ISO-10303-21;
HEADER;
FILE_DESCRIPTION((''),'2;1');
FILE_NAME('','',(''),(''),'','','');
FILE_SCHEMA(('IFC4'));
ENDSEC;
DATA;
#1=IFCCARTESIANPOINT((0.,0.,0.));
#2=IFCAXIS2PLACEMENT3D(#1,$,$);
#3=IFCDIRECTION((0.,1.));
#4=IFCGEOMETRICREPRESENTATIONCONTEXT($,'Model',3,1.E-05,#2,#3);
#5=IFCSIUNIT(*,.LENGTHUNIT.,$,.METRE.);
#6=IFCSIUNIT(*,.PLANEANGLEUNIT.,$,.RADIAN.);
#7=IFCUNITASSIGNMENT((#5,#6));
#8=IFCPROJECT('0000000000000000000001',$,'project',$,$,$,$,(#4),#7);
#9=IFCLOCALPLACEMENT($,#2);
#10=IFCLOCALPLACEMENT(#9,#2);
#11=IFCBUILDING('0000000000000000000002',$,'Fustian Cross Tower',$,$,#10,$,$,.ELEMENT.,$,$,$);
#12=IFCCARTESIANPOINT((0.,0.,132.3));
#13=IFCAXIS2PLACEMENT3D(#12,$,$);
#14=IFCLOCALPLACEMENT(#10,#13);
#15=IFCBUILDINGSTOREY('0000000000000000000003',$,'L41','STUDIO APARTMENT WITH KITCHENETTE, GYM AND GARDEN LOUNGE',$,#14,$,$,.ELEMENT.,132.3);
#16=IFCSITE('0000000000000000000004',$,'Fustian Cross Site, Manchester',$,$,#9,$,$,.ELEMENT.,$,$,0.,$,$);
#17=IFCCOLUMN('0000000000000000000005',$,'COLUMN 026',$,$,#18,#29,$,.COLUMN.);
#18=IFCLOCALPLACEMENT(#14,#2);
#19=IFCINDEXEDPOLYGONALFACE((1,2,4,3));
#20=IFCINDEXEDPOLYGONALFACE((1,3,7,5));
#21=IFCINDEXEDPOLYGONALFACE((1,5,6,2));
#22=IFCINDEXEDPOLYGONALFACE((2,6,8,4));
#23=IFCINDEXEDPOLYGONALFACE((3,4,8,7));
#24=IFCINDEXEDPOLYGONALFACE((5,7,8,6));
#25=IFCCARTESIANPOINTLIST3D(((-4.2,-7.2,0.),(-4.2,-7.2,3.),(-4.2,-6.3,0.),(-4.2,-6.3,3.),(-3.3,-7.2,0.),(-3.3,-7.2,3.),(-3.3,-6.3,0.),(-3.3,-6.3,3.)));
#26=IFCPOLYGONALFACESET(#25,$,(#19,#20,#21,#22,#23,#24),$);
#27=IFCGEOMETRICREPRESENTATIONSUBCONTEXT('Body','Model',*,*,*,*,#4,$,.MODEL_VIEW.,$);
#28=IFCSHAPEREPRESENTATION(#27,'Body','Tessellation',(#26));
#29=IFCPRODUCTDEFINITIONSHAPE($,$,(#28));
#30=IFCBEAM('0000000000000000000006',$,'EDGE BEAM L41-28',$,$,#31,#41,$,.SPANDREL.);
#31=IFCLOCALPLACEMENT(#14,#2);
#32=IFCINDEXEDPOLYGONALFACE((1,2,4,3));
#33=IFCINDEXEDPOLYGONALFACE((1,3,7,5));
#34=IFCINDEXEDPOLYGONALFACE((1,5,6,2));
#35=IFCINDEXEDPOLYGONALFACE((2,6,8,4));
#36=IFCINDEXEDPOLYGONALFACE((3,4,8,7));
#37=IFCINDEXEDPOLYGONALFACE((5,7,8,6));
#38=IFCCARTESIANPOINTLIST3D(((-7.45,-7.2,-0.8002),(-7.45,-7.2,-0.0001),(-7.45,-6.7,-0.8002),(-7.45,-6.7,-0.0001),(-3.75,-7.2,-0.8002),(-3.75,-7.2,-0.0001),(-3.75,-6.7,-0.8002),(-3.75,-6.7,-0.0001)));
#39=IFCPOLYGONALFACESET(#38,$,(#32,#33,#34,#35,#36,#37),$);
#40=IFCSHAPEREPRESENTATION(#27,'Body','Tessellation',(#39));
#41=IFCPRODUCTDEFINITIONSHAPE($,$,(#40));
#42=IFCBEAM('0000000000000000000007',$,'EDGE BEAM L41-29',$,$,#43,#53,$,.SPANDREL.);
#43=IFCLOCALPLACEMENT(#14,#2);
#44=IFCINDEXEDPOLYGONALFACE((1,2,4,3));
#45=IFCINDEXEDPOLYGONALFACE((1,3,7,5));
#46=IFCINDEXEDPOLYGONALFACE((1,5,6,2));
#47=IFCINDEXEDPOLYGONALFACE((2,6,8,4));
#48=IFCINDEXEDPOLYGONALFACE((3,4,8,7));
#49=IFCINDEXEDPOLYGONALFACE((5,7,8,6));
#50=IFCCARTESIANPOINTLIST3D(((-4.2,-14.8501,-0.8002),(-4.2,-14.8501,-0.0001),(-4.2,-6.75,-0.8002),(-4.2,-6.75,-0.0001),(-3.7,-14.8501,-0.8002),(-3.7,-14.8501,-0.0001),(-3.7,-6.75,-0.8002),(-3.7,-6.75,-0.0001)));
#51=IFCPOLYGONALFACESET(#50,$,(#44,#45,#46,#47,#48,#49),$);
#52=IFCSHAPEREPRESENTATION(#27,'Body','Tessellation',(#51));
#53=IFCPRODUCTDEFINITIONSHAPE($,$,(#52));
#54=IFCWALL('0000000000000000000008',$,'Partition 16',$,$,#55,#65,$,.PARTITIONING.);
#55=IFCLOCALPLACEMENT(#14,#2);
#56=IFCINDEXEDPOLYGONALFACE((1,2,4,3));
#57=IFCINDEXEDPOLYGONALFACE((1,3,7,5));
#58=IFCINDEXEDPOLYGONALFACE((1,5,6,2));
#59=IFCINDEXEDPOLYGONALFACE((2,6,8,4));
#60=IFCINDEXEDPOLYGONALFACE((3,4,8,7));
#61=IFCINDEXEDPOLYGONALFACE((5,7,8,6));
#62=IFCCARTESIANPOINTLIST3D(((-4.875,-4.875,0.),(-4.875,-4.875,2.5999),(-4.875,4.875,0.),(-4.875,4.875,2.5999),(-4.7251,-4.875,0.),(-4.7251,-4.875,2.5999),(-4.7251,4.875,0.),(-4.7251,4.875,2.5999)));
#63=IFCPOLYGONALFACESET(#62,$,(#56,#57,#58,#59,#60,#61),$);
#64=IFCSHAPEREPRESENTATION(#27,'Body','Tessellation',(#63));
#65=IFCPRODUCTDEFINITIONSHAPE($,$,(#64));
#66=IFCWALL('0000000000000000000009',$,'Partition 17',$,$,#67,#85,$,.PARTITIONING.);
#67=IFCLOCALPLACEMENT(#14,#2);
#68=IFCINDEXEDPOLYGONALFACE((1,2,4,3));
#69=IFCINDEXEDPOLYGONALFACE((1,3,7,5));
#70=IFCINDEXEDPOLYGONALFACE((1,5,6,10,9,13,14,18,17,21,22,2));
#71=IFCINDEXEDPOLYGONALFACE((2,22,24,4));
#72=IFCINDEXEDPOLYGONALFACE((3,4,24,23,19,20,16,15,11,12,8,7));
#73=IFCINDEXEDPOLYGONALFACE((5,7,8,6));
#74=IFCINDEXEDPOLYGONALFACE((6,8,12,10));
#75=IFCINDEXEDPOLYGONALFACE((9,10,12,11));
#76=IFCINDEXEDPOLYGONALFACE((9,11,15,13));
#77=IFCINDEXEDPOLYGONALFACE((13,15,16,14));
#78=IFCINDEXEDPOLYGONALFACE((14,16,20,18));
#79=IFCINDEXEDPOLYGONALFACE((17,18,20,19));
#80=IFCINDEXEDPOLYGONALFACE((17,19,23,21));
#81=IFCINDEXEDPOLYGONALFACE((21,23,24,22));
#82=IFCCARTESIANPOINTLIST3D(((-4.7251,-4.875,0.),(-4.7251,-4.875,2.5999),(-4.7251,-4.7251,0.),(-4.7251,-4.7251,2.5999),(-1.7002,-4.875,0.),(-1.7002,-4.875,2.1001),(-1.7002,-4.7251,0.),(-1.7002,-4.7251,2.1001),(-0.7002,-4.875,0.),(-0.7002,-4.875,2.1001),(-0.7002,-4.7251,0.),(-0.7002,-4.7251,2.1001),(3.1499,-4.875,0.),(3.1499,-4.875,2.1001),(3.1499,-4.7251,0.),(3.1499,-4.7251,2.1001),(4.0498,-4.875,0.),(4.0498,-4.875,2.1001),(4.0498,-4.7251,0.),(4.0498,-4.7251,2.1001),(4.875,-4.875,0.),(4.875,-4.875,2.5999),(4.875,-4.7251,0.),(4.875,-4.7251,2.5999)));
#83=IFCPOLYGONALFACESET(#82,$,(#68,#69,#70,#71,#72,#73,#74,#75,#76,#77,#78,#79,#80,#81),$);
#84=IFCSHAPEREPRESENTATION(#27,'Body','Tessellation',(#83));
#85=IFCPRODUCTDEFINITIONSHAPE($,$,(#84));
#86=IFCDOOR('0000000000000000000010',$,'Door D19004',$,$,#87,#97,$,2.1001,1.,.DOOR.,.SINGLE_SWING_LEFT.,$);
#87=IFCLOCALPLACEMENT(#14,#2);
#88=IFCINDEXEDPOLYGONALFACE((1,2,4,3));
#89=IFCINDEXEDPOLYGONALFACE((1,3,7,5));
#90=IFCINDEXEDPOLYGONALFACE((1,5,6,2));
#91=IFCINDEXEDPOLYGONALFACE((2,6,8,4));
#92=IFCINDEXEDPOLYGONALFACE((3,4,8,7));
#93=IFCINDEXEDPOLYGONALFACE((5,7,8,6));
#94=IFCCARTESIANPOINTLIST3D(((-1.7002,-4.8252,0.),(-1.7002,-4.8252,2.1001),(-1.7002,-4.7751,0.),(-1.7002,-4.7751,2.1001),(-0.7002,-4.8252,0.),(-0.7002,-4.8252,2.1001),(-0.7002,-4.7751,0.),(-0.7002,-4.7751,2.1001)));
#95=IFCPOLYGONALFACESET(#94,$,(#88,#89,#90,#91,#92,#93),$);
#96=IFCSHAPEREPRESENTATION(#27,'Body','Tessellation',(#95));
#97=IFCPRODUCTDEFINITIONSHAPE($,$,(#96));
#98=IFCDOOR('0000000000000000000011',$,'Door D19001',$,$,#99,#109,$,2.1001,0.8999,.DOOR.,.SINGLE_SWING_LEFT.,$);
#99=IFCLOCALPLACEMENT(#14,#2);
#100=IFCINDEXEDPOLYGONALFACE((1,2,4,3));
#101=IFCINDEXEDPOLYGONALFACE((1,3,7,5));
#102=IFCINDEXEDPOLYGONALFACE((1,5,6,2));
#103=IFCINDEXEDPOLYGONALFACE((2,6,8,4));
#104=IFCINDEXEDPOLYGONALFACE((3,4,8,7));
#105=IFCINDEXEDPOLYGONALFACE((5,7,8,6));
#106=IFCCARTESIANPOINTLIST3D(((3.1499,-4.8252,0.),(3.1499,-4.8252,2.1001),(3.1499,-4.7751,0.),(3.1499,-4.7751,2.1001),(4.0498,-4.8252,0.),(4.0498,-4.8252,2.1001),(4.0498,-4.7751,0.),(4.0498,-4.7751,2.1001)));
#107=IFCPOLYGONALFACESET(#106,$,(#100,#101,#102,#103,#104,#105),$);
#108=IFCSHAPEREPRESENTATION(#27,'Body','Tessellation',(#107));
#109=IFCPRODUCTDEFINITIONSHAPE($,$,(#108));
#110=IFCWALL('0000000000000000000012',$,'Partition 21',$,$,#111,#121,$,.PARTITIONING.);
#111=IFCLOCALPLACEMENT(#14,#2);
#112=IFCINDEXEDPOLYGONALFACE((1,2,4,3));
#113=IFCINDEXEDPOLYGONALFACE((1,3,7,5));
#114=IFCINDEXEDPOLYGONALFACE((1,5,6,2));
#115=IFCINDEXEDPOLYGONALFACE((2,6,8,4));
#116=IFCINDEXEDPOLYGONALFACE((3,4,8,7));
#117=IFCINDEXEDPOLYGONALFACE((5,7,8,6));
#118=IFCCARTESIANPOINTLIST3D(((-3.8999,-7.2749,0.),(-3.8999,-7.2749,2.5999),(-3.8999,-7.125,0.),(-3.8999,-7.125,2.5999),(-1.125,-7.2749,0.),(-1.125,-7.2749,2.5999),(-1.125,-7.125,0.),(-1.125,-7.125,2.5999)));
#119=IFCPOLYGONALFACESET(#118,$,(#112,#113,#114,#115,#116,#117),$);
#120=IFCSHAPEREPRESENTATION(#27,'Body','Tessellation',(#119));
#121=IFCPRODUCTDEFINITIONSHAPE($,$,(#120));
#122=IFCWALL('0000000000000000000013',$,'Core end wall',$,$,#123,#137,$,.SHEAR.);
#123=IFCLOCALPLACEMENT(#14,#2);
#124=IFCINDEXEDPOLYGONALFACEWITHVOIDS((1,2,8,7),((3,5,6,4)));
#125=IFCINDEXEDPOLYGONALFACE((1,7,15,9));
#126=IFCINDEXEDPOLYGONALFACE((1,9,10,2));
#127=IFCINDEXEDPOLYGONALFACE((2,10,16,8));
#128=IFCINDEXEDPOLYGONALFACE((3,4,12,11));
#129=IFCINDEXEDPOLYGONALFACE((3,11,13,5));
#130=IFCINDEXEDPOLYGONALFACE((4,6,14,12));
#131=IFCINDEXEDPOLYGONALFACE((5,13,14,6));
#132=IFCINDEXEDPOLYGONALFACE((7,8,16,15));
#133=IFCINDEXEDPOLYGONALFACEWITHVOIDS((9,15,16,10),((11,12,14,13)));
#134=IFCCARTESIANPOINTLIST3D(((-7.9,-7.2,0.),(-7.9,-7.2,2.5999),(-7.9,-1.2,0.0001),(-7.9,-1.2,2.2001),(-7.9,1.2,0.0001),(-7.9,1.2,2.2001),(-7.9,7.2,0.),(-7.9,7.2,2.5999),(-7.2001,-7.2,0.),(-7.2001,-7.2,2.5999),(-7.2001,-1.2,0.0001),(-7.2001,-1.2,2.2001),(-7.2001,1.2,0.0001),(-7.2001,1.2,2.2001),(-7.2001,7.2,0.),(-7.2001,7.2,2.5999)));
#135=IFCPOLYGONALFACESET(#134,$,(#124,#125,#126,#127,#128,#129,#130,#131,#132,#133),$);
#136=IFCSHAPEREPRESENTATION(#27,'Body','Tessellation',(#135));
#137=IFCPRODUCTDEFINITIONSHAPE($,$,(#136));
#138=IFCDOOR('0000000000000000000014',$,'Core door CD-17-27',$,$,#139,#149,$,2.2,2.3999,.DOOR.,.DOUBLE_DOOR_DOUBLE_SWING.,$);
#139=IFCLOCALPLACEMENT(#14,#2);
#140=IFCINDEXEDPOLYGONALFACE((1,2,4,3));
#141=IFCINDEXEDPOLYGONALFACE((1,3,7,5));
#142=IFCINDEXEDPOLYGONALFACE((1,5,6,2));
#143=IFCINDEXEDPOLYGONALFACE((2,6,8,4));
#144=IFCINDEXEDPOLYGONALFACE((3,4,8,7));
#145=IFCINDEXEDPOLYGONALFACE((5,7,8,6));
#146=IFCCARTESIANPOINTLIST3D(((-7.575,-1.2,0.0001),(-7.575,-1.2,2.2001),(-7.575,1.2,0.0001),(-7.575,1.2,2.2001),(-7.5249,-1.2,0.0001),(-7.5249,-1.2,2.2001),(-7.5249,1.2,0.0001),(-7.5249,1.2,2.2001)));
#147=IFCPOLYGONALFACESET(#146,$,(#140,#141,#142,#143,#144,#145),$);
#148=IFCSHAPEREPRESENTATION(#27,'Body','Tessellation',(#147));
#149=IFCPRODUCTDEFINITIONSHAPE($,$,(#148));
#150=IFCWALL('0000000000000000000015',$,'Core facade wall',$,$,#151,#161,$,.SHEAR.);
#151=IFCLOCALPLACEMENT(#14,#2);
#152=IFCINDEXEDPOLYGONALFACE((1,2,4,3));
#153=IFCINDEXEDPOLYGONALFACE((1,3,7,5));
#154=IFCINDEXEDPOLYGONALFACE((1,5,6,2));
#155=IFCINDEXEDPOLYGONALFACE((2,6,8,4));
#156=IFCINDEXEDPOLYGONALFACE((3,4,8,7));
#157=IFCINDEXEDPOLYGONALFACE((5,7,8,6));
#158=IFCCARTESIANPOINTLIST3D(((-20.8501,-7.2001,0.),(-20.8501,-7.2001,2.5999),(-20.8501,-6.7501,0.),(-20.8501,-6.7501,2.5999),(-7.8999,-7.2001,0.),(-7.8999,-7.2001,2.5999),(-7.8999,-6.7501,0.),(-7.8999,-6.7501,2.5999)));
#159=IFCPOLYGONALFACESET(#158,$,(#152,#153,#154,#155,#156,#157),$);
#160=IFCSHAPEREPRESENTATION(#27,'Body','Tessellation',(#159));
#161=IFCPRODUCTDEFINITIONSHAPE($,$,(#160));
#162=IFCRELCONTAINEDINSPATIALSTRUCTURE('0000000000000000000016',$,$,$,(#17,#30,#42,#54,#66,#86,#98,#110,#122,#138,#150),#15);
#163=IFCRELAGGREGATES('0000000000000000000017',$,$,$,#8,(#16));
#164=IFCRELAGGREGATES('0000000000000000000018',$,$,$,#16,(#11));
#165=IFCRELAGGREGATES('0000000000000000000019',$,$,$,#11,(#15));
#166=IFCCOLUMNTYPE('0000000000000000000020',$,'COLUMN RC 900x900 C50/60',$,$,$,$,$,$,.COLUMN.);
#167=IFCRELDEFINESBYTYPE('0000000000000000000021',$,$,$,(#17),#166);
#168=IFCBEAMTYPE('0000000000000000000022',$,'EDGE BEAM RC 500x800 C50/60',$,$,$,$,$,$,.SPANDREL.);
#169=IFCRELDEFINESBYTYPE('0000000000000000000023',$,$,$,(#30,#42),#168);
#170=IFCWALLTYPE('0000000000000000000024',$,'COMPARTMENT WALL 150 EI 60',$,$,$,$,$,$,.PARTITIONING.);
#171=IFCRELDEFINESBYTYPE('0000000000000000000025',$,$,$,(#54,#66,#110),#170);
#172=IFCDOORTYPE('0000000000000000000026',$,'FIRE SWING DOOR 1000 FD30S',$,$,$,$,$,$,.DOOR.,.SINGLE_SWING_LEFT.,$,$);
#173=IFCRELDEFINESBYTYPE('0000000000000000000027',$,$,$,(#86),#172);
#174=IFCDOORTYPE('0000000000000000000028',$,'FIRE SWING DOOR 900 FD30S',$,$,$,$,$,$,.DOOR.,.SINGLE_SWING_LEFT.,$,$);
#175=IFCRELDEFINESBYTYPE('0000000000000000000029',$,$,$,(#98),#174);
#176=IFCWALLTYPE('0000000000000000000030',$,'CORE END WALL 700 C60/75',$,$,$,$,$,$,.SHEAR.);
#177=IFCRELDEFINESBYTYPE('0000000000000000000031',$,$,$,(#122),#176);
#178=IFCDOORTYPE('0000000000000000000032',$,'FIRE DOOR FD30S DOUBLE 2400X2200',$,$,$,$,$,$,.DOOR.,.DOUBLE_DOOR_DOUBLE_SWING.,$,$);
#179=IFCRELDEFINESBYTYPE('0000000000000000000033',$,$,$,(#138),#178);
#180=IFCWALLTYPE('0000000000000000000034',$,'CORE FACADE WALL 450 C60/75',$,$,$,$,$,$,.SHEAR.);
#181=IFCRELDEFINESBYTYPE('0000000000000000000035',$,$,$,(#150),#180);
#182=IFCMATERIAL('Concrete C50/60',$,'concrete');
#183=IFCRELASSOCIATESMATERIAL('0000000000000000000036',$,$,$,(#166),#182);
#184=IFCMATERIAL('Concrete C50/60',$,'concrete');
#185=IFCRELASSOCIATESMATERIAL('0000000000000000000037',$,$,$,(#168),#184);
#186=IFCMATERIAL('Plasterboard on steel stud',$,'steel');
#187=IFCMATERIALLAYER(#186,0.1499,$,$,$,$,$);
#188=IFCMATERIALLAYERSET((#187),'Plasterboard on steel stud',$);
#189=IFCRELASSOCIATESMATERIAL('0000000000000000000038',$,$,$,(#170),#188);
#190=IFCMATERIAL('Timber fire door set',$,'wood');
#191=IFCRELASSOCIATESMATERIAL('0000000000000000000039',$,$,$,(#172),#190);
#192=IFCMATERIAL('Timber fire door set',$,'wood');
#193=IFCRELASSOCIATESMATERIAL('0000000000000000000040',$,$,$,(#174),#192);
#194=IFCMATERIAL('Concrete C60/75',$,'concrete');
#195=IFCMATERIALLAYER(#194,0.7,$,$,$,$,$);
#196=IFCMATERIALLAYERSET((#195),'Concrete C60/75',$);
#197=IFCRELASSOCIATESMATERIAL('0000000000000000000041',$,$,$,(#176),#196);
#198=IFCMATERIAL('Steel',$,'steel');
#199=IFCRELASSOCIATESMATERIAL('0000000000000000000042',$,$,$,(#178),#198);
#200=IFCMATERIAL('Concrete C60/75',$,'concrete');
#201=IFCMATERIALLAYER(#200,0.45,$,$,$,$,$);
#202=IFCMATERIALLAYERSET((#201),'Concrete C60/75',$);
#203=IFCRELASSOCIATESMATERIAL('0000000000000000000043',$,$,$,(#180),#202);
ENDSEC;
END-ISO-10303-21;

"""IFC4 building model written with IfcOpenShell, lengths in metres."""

from ifc_helpers import new_model, si_unit, direction, frame, frame_2d, origin, origin_2d, place, context, subcontext, project, spatial, rectangle, extrude, material, layer, layer_set, material_profile, profile_set, type_object, element, fill, save


model = new_model("IFC4")

# Units and contexts
model_context = context("Model", 3, precision=1e-05, world=origin(), true_north=direction((0.0, 1.0)))
body_context = subcontext(model_context, "Body", "Model", "MODEL_VIEW")
ifc_project = project(units=[si_unit("LENGTHUNIT", "METRE"), si_unit("PLANEANGLEUNIT", "RADIAN")], contexts=[model_context])

# Site, building, storey
site_placement = place(None, origin())
site = spatial("IfcSite", under=ifc_project, at=site_placement, Name="Fustian Cross Site, Manchester", CompositionType="ELEMENT", RefElevation=0.0)
building_placement = place(site_placement, origin())
building = spatial("IfcBuilding", under=site, at=building_placement, Name="Fustian Cross Tower", CompositionType="ELEMENT")
storey_placement = place(building_placement, frame((0.0, 0.0, 132.3)))
storey = spatial("IfcBuildingStorey", under=building, at=storey_placement, Name="L41", Description="STUDIO APARTMENT WITH KITCHENETTE, GYM AND GARDEN LOUNGE", CompositionType="ELEMENT", Elevation=132.3)

# Column
ifc_material_1 = material(Name="Concrete C50/60", Category="concrete")
ifc_material_profile_1 = material_profile(ifc_material_1, rectangle(XDim=0.8999, YDim=0.8999, at=origin_2d()), Name="RC 900x900")
ifc_profile_set_1 = profile_set([ifc_material_profile_1], Name="Concrete C50/60")
column_type = type_object("IfcColumnType", Name="COLUMN RC 900x900 C50/60", PredefinedType="COLUMN", material=ifc_profile_set_1)
column_placement = place(storey_placement, frame((-3.75, -6.75, 0.0), z_axis=(0.0, 0.0, 1.0), x_axis=(1.0, 0.0, 0.0)))
element("IfcColumn", 1, at=column_placement, inside=storey, type_object=column_type, Name="COLUMN 026", PredefinedType="COLUMN", context=body_context, shape_type="SweptSolid", body=[
    extrude(rectangle(XDim=0.8999, YDim=0.8999, at=origin_2d()), origin(), (0.0, 0.0, 1.0), 3.0),
])

# Beams
ifc_material_2 = material(Name="Concrete C50/60", Category="concrete")
ifc_material_profile_2 = material_profile(ifc_material_2, rectangle(XDim=0.5, YDim=0.8, at=origin_2d()), Name="RC 500x800")
ifc_profile_set_2 = profile_set([ifc_material_profile_2], Name="Concrete C50/60")
beam_type = type_object("IfcBeamType", Name="EDGE BEAM RC 500x800 C50/60", PredefinedType="SPANDREL", material=ifc_profile_set_2)
beam_1_placement = place(storey_placement, frame((-7.45, -6.95, -0.4001), z_axis=(1.0, 0.0, 0.0), x_axis=(0.0, 1.0, 0.0)))
element("IfcBeam", 2, at=beam_1_placement, inside=storey, type_object=beam_type, Name="EDGE BEAM L41-28", PredefinedType="SPANDREL", context=body_context, shape_type="SweptSolid", body=[
    extrude(rectangle(XDim=0.5, YDim=0.8, at=origin_2d()), origin(), (0.0, 0.0, 1.0), 3.7),
])
beam_2_placement = place(storey_placement, frame((-3.95, -6.75, -0.4001), z_axis=(0.0, -1.0, 0.0), x_axis=(1.0, 0.0, 0.0)))
element("IfcBeam", 3, at=beam_2_placement, inside=storey, type_object=beam_type, Name="EDGE BEAM L41-29", PredefinedType="SPANDREL", context=body_context, shape_type="SweptSolid", body=[
    extrude(rectangle(XDim=0.5, YDim=0.8, at=origin_2d()), origin(), (0.0, 0.0, 1.0), 8.1001),
])

# Wall
ifc_material_3 = material(Name="Plasterboard on steel stud", Category="steel")
ifc_layer_1 = layer(ifc_material_3, 0.1499)
ifc_layer_set_1 = layer_set([ifc_layer_1], Name="Plasterboard on steel stud")
wall_type_1 = type_object("IfcWallType", Name="COMPARTMENT WALL 150 EI 60", PredefinedType="PARTITIONING", material=ifc_layer_set_1)
wall_1_placement = place(storey_placement, frame((-4.8, -4.875, 0.0), z_axis=(0.0, 0.0, 1.0), x_axis=(0.0, 1.0, 0.0)))
element("IfcWall", 4, at=wall_1_placement, inside=storey, type_object=wall_type_1, Name="Partition 16", PredefinedType="PARTITIONING", context=body_context, shape_type="SweptSolid", body=[
    extrude(rectangle(XDim=9.75, YDim=0.1499, at=frame_2d((4.875, 0.0))), origin(), (0.0, 0.0, 1.0), 2.5999),
])

# Wall, openings, doors
wall_2_placement = place(storey_placement, frame((-4.7251, -4.8, 0.0), z_axis=(0.0, 0.0, 1.0), x_axis=(1.0, 0.0, 0.0)))
wall_2 = element("IfcWall", 5, at=wall_2_placement, inside=storey, type_object=wall_type_1, Name="Partition 17", PredefinedType="PARTITIONING", context=body_context, shape_type="SweptSolid", body=[
    extrude(rectangle(XDim=9.6001, YDim=0.1499, at=frame_2d((4.8, 0.0))), origin(), (0.0, 0.0, 1.0), 2.5999),
])
opening_1_placement = place(wall_2_placement, frame((7.875, 0.0, 0.0)))
opening_1 = element("IfcOpeningElement", 6, at=opening_1_placement, cuts=wall_2, PredefinedType="OPENING", context=body_context, shape_type="SweptSolid", body=[
    extrude(rectangle(XDim=0.8999, YDim=2.1001, at=frame_2d((0.45, 1.05))), frame((0.0, 0.085, 0.0), z_axis=(0.0, -1.0, 0.0), x_axis=(1.0, 0.0, 0.0)), (0.0, 0.0, 1.0), 0.1699),
])
opening_2_placement = place(wall_2_placement, frame((3.0249, 0.0, 0.0)))
opening_2 = element("IfcOpeningElement", 7, at=opening_2_placement, cuts=wall_2, PredefinedType="OPENING", context=body_context, shape_type="SweptSolid", body=[
    extrude(rectangle(XDim=1.0, YDim=2.1001, at=frame_2d((0.5, 1.05))), frame((0.0, 0.085, 0.0), z_axis=(0.0, -1.0, 0.0), x_axis=(1.0, 0.0, 0.0)), (0.0, 0.0, 1.0), 0.1699),
])
ifc_material_4 = material(Name="Timber fire door set", Category="wood")
door_type_1 = type_object("IfcDoorType", Name="FIRE SWING DOOR 1000 FD30S", OperationType="SINGLE_SWING_LEFT", PredefinedType="DOOR", material=ifc_material_4)
door_1_placement = place(opening_2_placement, origin())
door_1 = element("IfcDoor", 8, at=door_1_placement, inside=storey, type_object=door_type_1, Name="Door D19004", OperationType="SINGLE_SWING_LEFT", OverallHeight=2.1001, OverallWidth=1.0, PredefinedType="DOOR", context=body_context, shape_type="SweptSolid", body=[
    extrude(rectangle(XDim=1.0, YDim=2.1001, at=frame_2d((0.5, 1.05))), frame((0.0, 0.0249, 0.0), z_axis=(0.0, -1.0, 0.0), x_axis=(1.0, 0.0, 0.0)), (0.0, 0.0, 1.0), 0.05),
])
fill(opening_2, door_1)
ifc_material_5 = material(Name="Timber fire door set", Category="wood")
door_type_2 = type_object("IfcDoorType", Name="FIRE SWING DOOR 900 FD30S", OperationType="SINGLE_SWING_LEFT", PredefinedType="DOOR", material=ifc_material_5)
door_2_placement = place(opening_1_placement, origin())
door_2 = element("IfcDoor", 9, at=door_2_placement, inside=storey, type_object=door_type_2, Name="Door D19001", OperationType="SINGLE_SWING_LEFT", OverallHeight=2.1001, OverallWidth=0.8999, PredefinedType="DOOR", context=body_context, shape_type="SweptSolid", body=[
    extrude(rectangle(XDim=0.8999, YDim=2.1001, at=frame_2d((0.45, 1.05))), frame((0.0, 0.0249, 0.0), z_axis=(0.0, -1.0, 0.0), x_axis=(1.0, 0.0, 0.0)), (0.0, 0.0, 1.0), 0.05),
])
fill(opening_1, door_2)

# Wall
wall_3_placement = place(storey_placement, frame((-3.8999, -7.2, 0.0), z_axis=(0.0, 0.0, 1.0), x_axis=(1.0, 0.0, 0.0)))
element("IfcWall", 10, at=wall_3_placement, inside=storey, type_object=wall_type_1, Name="Partition 21", PredefinedType="PARTITIONING", context=body_context, shape_type="SweptSolid", body=[
    extrude(rectangle(XDim=2.7749, YDim=0.1499, at=frame_2d((1.3875, 0.0))), origin(), (0.0, 0.0, 1.0), 2.5999),
])

# Wall, opening, door
ifc_material_6 = material(Name="Concrete C60/75", Category="concrete")
ifc_layer_2 = layer(ifc_material_6, 0.7)
ifc_layer_set_2 = layer_set([ifc_layer_2], Name="Concrete C60/75")
wall_type_2 = type_object("IfcWallType", Name="CORE END WALL 700 C60/75", PredefinedType="SHEAR", material=ifc_layer_set_2)
wall_4_placement = place(storey_placement, frame((-7.55, -7.2, 0.0), z_axis=(0.0, 0.0, 1.0), x_axis=(0.0, 1.0, 0.0)))
wall_4 = element("IfcWall", 11, at=wall_4_placement, inside=storey, type_object=wall_type_2, Name="Core end wall", PredefinedType="SHEAR", context=body_context, shape_type="SweptSolid", body=[
    extrude(rectangle(XDim=14.3999, YDim=0.7, at=frame_2d((7.2, 0.0))), origin(), (0.0, 0.0, 1.0), 2.5999),
])
opening_3_placement = place(wall_4_placement, frame((6.0, 0.0, 0.0)))
opening_3 = element("IfcOpeningElement", 12, at=opening_3_placement, cuts=wall_4, PredefinedType="OPENING", context=body_context, shape_type="SweptSolid", body=[
    extrude(rectangle(XDim=2.3999, YDim=2.2, at=frame_2d((1.2, 1.1001))), frame((0.0, 0.3599, 0.0), z_axis=(0.0, -1.0, 0.0), x_axis=(1.0, 0.0, 0.0)), (0.0, 0.0, 1.0), 0.72),
])
ifc_material_7 = material(Name="Steel", Category="steel")
door_type_3 = type_object("IfcDoorType", Name="FIRE DOOR FD30S DOUBLE 2400X2200", OperationType="DOUBLE_DOOR_DOUBLE_SWING", PredefinedType="DOOR", material=ifc_material_7)
door_3_placement = place(opening_3_placement, origin())
door_3 = element("IfcDoor", 13, at=door_3_placement, inside=storey, type_object=door_type_3, Name="Core door CD-17-27", OperationType="DOUBLE_DOOR_DOUBLE_SWING", OverallHeight=2.2, OverallWidth=2.3999, PredefinedType="DOOR", context=body_context, shape_type="SweptSolid", body=[
    extrude(rectangle(XDim=2.3999, YDim=2.2, at=frame_2d((1.2, 1.1001))), frame((0.0, 0.0249, 0.0), z_axis=(0.0, -1.0, 0.0), x_axis=(1.0, 0.0, 0.0)), (0.0, 0.0, 1.0), 0.05),
])
fill(opening_3, door_3)

# Wall
ifc_material_8 = material(Name="Concrete C60/75", Category="concrete")
ifc_layer_3 = layer(ifc_material_8, 0.45)
ifc_layer_set_3 = layer_set([ifc_layer_3], Name="Concrete C60/75")
wall_type_3 = type_object("IfcWallType", Name="CORE FACADE WALL 450 C60/75", PredefinedType="SHEAR", material=ifc_layer_set_3)
wall_5_placement = place(storey_placement, frame((-7.8999, -6.9751, 0.0), z_axis=(0.0, 0.0, 1.0), x_axis=(-1.0, 0.0, 0.0)))
element("IfcWall", 14, at=wall_5_placement, inside=storey, type_object=wall_type_3, Name="Core facade wall", PredefinedType="SHEAR", context=body_context, shape_type="SweptSolid", body=[
    extrude(rectangle(XDim=12.9502, YDim=0.45, at=frame_2d((6.4751, 0.0))), origin(), (0.0, 0.0, 1.0), 2.5999),
])

save(model, "model.ifc")
